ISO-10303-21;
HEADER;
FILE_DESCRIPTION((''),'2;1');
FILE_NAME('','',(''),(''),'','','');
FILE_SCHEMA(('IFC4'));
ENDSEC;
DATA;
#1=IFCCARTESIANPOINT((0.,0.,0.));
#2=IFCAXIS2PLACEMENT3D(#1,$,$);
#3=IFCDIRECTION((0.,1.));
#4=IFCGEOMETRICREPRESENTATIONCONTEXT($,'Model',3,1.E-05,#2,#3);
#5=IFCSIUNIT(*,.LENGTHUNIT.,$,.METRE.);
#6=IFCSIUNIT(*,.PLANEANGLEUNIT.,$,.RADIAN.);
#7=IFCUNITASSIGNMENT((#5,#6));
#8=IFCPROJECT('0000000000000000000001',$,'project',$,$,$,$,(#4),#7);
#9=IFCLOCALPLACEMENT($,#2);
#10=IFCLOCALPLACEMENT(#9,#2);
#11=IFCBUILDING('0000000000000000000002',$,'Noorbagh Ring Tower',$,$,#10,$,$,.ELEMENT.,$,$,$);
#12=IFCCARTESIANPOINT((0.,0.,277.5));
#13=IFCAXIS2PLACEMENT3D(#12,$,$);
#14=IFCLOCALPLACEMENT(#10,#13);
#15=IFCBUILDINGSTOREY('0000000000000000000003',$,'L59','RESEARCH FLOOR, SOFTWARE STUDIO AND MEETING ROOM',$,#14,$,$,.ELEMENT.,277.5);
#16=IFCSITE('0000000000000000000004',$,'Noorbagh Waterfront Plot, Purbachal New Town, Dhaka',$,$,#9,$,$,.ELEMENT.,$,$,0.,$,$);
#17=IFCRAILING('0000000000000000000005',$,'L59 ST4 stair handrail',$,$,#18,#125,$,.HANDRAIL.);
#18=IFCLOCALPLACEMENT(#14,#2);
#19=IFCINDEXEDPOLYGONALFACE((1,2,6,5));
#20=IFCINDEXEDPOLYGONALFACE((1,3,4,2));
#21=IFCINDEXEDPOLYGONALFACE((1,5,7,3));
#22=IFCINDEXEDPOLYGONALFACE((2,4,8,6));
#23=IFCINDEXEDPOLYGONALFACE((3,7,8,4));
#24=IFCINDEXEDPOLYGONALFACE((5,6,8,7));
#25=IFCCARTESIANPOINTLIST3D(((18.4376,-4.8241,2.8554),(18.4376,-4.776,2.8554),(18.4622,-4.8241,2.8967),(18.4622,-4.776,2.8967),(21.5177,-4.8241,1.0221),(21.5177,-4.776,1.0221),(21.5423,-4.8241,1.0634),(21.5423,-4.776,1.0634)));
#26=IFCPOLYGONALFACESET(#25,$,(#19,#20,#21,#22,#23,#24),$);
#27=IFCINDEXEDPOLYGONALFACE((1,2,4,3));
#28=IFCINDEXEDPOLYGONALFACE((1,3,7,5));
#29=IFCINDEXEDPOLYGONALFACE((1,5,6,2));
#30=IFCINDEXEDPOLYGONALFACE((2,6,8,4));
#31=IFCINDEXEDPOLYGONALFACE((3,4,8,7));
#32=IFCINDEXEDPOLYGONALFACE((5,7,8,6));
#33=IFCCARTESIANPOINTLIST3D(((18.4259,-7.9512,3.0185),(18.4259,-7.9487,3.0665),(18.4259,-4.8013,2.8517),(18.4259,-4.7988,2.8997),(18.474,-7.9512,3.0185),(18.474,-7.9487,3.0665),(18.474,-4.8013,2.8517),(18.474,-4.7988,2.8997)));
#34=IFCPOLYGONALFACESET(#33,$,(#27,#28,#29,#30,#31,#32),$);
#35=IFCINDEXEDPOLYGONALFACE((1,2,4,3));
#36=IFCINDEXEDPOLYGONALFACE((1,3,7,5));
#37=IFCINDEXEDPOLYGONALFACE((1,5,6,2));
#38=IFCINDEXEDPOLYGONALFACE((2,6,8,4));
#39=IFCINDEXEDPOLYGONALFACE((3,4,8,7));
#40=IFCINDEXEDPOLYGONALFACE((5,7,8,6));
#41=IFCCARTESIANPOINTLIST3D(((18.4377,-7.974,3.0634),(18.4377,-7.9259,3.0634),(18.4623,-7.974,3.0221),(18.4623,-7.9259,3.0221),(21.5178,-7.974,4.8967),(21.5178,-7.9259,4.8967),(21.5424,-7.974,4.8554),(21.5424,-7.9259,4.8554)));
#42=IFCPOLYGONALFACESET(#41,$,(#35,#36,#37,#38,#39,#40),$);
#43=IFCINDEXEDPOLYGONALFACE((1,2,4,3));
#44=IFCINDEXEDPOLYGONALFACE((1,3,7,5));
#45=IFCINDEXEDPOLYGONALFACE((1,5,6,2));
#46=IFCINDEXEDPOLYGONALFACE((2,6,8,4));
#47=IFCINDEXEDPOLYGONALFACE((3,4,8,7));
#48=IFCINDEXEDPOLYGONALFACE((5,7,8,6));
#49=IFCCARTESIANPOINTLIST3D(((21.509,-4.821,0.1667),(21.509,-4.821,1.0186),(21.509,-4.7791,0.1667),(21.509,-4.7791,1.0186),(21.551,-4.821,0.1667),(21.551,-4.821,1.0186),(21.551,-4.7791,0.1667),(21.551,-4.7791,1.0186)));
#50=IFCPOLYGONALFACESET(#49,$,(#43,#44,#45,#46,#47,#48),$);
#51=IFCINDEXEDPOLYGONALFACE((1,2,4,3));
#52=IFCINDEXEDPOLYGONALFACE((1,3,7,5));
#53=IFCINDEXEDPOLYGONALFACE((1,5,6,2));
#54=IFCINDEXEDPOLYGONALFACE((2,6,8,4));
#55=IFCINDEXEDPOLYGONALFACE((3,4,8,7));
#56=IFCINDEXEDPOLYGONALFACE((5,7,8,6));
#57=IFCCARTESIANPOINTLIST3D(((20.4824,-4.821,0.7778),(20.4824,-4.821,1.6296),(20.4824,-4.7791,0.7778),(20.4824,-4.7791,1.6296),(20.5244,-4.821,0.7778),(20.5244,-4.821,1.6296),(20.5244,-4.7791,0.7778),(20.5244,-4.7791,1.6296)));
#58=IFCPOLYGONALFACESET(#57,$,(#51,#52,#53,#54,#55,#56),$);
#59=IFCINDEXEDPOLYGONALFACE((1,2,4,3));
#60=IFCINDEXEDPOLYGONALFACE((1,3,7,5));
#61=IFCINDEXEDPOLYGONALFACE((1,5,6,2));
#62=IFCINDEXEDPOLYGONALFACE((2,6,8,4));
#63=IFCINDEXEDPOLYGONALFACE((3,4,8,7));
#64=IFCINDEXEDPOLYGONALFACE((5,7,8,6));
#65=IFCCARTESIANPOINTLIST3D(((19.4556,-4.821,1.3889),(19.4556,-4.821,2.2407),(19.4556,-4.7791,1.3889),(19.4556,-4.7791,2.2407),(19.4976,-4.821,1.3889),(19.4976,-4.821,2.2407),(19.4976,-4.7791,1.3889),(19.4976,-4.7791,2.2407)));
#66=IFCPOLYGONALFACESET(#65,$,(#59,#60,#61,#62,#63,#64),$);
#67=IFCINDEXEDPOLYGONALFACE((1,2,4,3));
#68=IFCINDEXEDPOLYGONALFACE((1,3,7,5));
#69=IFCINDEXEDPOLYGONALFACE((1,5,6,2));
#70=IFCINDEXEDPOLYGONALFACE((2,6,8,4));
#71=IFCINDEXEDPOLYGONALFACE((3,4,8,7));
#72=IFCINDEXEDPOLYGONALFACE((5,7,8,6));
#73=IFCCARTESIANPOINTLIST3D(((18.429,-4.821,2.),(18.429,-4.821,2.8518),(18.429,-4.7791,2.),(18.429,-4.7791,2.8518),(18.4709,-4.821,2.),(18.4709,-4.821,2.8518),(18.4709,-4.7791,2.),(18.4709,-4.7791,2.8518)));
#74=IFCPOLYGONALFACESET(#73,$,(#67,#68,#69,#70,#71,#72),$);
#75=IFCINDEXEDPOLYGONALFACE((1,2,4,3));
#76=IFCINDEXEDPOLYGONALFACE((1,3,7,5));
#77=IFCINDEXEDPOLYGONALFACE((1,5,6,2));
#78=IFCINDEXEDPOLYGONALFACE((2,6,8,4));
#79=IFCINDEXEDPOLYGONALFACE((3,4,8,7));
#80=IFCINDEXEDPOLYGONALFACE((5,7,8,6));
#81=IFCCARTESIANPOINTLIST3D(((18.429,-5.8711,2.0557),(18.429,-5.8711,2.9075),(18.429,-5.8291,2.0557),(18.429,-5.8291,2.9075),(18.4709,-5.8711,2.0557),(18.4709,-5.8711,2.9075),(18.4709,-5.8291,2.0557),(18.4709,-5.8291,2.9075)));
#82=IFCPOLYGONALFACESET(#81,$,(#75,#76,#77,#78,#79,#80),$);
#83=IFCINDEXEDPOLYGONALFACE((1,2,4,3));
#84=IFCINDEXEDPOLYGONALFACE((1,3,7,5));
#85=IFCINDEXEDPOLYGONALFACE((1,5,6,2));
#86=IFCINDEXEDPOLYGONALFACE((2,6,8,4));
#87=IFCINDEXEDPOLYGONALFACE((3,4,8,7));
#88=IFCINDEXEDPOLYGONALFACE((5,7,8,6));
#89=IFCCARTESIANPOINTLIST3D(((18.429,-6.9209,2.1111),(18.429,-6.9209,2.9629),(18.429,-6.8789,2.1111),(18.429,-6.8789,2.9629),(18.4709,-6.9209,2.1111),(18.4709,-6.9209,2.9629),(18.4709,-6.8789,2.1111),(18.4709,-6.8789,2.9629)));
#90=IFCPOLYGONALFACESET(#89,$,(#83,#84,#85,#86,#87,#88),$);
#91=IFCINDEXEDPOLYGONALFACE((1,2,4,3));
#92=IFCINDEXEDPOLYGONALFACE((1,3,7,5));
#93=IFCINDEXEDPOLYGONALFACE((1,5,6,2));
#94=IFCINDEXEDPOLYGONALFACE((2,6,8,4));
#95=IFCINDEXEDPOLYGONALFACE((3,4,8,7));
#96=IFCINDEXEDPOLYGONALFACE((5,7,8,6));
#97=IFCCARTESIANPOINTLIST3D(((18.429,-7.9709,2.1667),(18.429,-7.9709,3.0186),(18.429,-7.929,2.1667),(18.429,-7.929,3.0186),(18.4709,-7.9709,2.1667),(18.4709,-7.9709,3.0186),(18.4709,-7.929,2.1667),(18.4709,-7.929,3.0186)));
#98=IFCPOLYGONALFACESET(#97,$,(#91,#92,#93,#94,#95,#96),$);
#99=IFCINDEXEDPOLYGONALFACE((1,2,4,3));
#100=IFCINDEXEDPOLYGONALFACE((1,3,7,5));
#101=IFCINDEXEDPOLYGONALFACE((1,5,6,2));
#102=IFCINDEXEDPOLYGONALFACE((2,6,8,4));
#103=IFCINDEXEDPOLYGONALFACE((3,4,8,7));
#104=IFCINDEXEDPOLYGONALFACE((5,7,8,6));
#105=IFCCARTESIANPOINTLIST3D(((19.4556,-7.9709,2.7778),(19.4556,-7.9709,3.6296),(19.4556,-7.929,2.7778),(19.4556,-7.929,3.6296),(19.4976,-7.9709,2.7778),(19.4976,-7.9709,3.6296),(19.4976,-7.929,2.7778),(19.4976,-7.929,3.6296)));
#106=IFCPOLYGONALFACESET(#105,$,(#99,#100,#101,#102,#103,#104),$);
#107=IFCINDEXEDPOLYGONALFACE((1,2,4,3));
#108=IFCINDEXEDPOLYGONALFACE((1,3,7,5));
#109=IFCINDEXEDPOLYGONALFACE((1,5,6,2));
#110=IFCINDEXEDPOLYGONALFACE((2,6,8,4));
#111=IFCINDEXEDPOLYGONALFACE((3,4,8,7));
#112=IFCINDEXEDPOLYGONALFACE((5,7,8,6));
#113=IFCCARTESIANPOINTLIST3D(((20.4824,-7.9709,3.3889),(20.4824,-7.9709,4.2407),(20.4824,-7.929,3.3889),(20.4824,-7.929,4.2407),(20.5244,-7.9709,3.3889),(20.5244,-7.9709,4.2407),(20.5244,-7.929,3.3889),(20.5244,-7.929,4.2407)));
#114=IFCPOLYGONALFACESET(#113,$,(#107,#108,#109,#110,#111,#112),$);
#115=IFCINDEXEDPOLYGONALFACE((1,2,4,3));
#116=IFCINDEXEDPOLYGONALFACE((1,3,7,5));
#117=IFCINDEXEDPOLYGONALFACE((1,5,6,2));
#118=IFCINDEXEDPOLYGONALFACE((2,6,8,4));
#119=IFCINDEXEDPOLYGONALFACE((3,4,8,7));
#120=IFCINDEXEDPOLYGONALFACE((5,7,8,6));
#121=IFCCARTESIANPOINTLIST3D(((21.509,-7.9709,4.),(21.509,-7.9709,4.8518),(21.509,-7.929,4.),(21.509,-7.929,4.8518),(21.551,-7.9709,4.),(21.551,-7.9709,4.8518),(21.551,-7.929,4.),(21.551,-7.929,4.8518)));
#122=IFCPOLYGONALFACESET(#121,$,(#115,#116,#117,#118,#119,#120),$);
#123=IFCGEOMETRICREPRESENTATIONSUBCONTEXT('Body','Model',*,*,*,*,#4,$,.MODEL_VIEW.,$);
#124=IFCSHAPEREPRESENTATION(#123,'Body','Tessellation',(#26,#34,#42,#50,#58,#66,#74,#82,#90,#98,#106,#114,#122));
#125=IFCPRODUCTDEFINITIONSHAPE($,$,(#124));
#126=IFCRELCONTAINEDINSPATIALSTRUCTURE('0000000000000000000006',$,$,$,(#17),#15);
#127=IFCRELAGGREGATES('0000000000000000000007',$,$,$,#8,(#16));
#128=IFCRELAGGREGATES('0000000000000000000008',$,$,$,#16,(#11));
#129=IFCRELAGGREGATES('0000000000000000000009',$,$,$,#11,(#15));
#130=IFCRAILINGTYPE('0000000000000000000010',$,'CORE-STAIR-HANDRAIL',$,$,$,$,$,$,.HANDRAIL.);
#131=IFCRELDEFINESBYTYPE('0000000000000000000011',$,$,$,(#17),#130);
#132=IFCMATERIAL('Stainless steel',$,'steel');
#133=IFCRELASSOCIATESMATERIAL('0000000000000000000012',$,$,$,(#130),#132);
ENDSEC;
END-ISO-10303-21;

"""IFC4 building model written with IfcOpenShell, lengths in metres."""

from ifc_helpers import new_model, si_unit, direction, frame, origin, origin_2d, place, context, subcontext, project, spatial, rectangle, extrude, material, type_object, element, save


model = new_model("IFC4")

# Units and contexts
model_context = context("Model", 3, precision=1e-05, world=origin(), true_north=direction((0.0, 1.0)))
body_context = subcontext(model_context, "Body", "Model", "MODEL_VIEW")
ifc_project = project(units=[si_unit("LENGTHUNIT", "METRE"), si_unit("PLANEANGLEUNIT", "RADIAN")], contexts=[model_context])

# Site, building, storey
site_placement = place(None, origin())
site = spatial("IfcSite", under=ifc_project, at=site_placement, Name="Noorbagh Waterfront Plot, Purbachal New Town, Dhaka", CompositionType="ELEMENT", RefElevation=0.0)
building_placement = place(site_placement, origin())
building = spatial("IfcBuilding", under=site, at=building_placement, Name="Noorbagh Ring Tower", CompositionType="ELEMENT")
storey_placement = place(building_placement, frame((0.0, 0.0, 277.5)))
storey = spatial("IfcBuildingStorey", under=building, at=storey_placement, Name="L59", Description="RESEARCH FLOOR, SOFTWARE STUDIO AND MEETING ROOM", CompositionType="ELEMENT", Elevation=277.5)

# Railing
ifc_material_1 = material(Name="Stainless steel", Category="steel")
railing_type_1 = type_object("IfcRailingType", Name="CORE-STAIR-HANDRAIL", PredefinedType="HANDRAIL", material=ifc_material_1)
railing_1_placement = place(storey_placement, frame((21.53, -4.8, 0.1667)))
element("IfcRailing", 1, at=railing_1_placement, inside=storey, type_object=railing_type_1, Name="L59 ST4 stair handrail", PredefinedType="HANDRAIL", context=body_context, shape_type="SweptSolid", body=[
    extrude(rectangle(XDim=0.0481, YDim=0.0481, at=origin_2d()), frame((0.0, 0.0, 0.876), z_axis=(-0.859309, 0.0, 0.511458), x_axis=(0.0, -1.0, 0.0)), (0.0, 0.0, 1.0), 3.5845),
    extrude(rectangle(XDim=0.0481, YDim=0.0481, at=origin_2d()), frame((-3.0801, 0.0, 2.709), z_axis=(0.0, -0.998602, 0.052864), x_axis=(1.0, 0.0, 0.0)), (0.0, 0.0, 1.0), 3.1543),
    extrude(rectangle(XDim=0.0481, YDim=0.0481, at=origin_2d()), frame((-3.0801, -3.1499, 2.876), z_axis=(0.859309, 0.0, 0.511458), x_axis=(0.0, 1.0, 0.0)), (0.0, 0.0, 1.0), 3.5845),
    extrude(rectangle(XDim=0.042, YDim=0.042, at=origin_2d()), origin(), (0.0, 0.0, 1.0), 0.8518),
    extrude(rectangle(XDim=0.042, YDim=0.042, at=origin_2d()), frame((-1.0266, 0.0, 0.6111)), (0.0, 0.0, 1.0), 0.8518),
    extrude(rectangle(XDim=0.042, YDim=0.042, at=origin_2d()), frame((-2.0535, 0.0, 1.2222)), (0.0, 0.0, 1.0), 0.8518),
    extrude(rectangle(XDim=0.042, YDim=0.042, at=origin_2d()), frame((-3.0801, 0.0, 1.8333)), (0.0, 0.0, 1.0), 0.8518),
    extrude(rectangle(XDim=0.042, YDim=0.042, at=origin_2d()), frame((-3.0801, -1.05, 1.8889)), (0.0, 0.0, 1.0), 0.8518),
    extrude(rectangle(XDim=0.042, YDim=0.042, at=origin_2d()), frame((-3.0801, -2.0999, 1.9443)), (0.0, 0.0, 1.0), 0.8518),
    extrude(rectangle(XDim=0.042, YDim=0.042, at=origin_2d()), frame((-3.0801, -3.1499, 2.0)), (0.0, 0.0, 1.0), 0.8518),
    extrude(rectangle(XDim=0.042, YDim=0.042, at=origin_2d()), frame((-2.0535, -3.1499, 2.6111)), (0.0, 0.0, 1.0), 0.8518),
    extrude(rectangle(XDim=0.042, YDim=0.042, at=origin_2d()), frame((-1.0266, -3.1499, 3.2222)), (0.0, 0.0, 1.0), 0.8518),
    extrude(rectangle(XDim=0.042, YDim=0.042, at=origin_2d()), frame((0.0, -3.1499, 3.8333)), (0.0, 0.0, 1.0), 0.8518),
])

save(model, "model.ifc")
